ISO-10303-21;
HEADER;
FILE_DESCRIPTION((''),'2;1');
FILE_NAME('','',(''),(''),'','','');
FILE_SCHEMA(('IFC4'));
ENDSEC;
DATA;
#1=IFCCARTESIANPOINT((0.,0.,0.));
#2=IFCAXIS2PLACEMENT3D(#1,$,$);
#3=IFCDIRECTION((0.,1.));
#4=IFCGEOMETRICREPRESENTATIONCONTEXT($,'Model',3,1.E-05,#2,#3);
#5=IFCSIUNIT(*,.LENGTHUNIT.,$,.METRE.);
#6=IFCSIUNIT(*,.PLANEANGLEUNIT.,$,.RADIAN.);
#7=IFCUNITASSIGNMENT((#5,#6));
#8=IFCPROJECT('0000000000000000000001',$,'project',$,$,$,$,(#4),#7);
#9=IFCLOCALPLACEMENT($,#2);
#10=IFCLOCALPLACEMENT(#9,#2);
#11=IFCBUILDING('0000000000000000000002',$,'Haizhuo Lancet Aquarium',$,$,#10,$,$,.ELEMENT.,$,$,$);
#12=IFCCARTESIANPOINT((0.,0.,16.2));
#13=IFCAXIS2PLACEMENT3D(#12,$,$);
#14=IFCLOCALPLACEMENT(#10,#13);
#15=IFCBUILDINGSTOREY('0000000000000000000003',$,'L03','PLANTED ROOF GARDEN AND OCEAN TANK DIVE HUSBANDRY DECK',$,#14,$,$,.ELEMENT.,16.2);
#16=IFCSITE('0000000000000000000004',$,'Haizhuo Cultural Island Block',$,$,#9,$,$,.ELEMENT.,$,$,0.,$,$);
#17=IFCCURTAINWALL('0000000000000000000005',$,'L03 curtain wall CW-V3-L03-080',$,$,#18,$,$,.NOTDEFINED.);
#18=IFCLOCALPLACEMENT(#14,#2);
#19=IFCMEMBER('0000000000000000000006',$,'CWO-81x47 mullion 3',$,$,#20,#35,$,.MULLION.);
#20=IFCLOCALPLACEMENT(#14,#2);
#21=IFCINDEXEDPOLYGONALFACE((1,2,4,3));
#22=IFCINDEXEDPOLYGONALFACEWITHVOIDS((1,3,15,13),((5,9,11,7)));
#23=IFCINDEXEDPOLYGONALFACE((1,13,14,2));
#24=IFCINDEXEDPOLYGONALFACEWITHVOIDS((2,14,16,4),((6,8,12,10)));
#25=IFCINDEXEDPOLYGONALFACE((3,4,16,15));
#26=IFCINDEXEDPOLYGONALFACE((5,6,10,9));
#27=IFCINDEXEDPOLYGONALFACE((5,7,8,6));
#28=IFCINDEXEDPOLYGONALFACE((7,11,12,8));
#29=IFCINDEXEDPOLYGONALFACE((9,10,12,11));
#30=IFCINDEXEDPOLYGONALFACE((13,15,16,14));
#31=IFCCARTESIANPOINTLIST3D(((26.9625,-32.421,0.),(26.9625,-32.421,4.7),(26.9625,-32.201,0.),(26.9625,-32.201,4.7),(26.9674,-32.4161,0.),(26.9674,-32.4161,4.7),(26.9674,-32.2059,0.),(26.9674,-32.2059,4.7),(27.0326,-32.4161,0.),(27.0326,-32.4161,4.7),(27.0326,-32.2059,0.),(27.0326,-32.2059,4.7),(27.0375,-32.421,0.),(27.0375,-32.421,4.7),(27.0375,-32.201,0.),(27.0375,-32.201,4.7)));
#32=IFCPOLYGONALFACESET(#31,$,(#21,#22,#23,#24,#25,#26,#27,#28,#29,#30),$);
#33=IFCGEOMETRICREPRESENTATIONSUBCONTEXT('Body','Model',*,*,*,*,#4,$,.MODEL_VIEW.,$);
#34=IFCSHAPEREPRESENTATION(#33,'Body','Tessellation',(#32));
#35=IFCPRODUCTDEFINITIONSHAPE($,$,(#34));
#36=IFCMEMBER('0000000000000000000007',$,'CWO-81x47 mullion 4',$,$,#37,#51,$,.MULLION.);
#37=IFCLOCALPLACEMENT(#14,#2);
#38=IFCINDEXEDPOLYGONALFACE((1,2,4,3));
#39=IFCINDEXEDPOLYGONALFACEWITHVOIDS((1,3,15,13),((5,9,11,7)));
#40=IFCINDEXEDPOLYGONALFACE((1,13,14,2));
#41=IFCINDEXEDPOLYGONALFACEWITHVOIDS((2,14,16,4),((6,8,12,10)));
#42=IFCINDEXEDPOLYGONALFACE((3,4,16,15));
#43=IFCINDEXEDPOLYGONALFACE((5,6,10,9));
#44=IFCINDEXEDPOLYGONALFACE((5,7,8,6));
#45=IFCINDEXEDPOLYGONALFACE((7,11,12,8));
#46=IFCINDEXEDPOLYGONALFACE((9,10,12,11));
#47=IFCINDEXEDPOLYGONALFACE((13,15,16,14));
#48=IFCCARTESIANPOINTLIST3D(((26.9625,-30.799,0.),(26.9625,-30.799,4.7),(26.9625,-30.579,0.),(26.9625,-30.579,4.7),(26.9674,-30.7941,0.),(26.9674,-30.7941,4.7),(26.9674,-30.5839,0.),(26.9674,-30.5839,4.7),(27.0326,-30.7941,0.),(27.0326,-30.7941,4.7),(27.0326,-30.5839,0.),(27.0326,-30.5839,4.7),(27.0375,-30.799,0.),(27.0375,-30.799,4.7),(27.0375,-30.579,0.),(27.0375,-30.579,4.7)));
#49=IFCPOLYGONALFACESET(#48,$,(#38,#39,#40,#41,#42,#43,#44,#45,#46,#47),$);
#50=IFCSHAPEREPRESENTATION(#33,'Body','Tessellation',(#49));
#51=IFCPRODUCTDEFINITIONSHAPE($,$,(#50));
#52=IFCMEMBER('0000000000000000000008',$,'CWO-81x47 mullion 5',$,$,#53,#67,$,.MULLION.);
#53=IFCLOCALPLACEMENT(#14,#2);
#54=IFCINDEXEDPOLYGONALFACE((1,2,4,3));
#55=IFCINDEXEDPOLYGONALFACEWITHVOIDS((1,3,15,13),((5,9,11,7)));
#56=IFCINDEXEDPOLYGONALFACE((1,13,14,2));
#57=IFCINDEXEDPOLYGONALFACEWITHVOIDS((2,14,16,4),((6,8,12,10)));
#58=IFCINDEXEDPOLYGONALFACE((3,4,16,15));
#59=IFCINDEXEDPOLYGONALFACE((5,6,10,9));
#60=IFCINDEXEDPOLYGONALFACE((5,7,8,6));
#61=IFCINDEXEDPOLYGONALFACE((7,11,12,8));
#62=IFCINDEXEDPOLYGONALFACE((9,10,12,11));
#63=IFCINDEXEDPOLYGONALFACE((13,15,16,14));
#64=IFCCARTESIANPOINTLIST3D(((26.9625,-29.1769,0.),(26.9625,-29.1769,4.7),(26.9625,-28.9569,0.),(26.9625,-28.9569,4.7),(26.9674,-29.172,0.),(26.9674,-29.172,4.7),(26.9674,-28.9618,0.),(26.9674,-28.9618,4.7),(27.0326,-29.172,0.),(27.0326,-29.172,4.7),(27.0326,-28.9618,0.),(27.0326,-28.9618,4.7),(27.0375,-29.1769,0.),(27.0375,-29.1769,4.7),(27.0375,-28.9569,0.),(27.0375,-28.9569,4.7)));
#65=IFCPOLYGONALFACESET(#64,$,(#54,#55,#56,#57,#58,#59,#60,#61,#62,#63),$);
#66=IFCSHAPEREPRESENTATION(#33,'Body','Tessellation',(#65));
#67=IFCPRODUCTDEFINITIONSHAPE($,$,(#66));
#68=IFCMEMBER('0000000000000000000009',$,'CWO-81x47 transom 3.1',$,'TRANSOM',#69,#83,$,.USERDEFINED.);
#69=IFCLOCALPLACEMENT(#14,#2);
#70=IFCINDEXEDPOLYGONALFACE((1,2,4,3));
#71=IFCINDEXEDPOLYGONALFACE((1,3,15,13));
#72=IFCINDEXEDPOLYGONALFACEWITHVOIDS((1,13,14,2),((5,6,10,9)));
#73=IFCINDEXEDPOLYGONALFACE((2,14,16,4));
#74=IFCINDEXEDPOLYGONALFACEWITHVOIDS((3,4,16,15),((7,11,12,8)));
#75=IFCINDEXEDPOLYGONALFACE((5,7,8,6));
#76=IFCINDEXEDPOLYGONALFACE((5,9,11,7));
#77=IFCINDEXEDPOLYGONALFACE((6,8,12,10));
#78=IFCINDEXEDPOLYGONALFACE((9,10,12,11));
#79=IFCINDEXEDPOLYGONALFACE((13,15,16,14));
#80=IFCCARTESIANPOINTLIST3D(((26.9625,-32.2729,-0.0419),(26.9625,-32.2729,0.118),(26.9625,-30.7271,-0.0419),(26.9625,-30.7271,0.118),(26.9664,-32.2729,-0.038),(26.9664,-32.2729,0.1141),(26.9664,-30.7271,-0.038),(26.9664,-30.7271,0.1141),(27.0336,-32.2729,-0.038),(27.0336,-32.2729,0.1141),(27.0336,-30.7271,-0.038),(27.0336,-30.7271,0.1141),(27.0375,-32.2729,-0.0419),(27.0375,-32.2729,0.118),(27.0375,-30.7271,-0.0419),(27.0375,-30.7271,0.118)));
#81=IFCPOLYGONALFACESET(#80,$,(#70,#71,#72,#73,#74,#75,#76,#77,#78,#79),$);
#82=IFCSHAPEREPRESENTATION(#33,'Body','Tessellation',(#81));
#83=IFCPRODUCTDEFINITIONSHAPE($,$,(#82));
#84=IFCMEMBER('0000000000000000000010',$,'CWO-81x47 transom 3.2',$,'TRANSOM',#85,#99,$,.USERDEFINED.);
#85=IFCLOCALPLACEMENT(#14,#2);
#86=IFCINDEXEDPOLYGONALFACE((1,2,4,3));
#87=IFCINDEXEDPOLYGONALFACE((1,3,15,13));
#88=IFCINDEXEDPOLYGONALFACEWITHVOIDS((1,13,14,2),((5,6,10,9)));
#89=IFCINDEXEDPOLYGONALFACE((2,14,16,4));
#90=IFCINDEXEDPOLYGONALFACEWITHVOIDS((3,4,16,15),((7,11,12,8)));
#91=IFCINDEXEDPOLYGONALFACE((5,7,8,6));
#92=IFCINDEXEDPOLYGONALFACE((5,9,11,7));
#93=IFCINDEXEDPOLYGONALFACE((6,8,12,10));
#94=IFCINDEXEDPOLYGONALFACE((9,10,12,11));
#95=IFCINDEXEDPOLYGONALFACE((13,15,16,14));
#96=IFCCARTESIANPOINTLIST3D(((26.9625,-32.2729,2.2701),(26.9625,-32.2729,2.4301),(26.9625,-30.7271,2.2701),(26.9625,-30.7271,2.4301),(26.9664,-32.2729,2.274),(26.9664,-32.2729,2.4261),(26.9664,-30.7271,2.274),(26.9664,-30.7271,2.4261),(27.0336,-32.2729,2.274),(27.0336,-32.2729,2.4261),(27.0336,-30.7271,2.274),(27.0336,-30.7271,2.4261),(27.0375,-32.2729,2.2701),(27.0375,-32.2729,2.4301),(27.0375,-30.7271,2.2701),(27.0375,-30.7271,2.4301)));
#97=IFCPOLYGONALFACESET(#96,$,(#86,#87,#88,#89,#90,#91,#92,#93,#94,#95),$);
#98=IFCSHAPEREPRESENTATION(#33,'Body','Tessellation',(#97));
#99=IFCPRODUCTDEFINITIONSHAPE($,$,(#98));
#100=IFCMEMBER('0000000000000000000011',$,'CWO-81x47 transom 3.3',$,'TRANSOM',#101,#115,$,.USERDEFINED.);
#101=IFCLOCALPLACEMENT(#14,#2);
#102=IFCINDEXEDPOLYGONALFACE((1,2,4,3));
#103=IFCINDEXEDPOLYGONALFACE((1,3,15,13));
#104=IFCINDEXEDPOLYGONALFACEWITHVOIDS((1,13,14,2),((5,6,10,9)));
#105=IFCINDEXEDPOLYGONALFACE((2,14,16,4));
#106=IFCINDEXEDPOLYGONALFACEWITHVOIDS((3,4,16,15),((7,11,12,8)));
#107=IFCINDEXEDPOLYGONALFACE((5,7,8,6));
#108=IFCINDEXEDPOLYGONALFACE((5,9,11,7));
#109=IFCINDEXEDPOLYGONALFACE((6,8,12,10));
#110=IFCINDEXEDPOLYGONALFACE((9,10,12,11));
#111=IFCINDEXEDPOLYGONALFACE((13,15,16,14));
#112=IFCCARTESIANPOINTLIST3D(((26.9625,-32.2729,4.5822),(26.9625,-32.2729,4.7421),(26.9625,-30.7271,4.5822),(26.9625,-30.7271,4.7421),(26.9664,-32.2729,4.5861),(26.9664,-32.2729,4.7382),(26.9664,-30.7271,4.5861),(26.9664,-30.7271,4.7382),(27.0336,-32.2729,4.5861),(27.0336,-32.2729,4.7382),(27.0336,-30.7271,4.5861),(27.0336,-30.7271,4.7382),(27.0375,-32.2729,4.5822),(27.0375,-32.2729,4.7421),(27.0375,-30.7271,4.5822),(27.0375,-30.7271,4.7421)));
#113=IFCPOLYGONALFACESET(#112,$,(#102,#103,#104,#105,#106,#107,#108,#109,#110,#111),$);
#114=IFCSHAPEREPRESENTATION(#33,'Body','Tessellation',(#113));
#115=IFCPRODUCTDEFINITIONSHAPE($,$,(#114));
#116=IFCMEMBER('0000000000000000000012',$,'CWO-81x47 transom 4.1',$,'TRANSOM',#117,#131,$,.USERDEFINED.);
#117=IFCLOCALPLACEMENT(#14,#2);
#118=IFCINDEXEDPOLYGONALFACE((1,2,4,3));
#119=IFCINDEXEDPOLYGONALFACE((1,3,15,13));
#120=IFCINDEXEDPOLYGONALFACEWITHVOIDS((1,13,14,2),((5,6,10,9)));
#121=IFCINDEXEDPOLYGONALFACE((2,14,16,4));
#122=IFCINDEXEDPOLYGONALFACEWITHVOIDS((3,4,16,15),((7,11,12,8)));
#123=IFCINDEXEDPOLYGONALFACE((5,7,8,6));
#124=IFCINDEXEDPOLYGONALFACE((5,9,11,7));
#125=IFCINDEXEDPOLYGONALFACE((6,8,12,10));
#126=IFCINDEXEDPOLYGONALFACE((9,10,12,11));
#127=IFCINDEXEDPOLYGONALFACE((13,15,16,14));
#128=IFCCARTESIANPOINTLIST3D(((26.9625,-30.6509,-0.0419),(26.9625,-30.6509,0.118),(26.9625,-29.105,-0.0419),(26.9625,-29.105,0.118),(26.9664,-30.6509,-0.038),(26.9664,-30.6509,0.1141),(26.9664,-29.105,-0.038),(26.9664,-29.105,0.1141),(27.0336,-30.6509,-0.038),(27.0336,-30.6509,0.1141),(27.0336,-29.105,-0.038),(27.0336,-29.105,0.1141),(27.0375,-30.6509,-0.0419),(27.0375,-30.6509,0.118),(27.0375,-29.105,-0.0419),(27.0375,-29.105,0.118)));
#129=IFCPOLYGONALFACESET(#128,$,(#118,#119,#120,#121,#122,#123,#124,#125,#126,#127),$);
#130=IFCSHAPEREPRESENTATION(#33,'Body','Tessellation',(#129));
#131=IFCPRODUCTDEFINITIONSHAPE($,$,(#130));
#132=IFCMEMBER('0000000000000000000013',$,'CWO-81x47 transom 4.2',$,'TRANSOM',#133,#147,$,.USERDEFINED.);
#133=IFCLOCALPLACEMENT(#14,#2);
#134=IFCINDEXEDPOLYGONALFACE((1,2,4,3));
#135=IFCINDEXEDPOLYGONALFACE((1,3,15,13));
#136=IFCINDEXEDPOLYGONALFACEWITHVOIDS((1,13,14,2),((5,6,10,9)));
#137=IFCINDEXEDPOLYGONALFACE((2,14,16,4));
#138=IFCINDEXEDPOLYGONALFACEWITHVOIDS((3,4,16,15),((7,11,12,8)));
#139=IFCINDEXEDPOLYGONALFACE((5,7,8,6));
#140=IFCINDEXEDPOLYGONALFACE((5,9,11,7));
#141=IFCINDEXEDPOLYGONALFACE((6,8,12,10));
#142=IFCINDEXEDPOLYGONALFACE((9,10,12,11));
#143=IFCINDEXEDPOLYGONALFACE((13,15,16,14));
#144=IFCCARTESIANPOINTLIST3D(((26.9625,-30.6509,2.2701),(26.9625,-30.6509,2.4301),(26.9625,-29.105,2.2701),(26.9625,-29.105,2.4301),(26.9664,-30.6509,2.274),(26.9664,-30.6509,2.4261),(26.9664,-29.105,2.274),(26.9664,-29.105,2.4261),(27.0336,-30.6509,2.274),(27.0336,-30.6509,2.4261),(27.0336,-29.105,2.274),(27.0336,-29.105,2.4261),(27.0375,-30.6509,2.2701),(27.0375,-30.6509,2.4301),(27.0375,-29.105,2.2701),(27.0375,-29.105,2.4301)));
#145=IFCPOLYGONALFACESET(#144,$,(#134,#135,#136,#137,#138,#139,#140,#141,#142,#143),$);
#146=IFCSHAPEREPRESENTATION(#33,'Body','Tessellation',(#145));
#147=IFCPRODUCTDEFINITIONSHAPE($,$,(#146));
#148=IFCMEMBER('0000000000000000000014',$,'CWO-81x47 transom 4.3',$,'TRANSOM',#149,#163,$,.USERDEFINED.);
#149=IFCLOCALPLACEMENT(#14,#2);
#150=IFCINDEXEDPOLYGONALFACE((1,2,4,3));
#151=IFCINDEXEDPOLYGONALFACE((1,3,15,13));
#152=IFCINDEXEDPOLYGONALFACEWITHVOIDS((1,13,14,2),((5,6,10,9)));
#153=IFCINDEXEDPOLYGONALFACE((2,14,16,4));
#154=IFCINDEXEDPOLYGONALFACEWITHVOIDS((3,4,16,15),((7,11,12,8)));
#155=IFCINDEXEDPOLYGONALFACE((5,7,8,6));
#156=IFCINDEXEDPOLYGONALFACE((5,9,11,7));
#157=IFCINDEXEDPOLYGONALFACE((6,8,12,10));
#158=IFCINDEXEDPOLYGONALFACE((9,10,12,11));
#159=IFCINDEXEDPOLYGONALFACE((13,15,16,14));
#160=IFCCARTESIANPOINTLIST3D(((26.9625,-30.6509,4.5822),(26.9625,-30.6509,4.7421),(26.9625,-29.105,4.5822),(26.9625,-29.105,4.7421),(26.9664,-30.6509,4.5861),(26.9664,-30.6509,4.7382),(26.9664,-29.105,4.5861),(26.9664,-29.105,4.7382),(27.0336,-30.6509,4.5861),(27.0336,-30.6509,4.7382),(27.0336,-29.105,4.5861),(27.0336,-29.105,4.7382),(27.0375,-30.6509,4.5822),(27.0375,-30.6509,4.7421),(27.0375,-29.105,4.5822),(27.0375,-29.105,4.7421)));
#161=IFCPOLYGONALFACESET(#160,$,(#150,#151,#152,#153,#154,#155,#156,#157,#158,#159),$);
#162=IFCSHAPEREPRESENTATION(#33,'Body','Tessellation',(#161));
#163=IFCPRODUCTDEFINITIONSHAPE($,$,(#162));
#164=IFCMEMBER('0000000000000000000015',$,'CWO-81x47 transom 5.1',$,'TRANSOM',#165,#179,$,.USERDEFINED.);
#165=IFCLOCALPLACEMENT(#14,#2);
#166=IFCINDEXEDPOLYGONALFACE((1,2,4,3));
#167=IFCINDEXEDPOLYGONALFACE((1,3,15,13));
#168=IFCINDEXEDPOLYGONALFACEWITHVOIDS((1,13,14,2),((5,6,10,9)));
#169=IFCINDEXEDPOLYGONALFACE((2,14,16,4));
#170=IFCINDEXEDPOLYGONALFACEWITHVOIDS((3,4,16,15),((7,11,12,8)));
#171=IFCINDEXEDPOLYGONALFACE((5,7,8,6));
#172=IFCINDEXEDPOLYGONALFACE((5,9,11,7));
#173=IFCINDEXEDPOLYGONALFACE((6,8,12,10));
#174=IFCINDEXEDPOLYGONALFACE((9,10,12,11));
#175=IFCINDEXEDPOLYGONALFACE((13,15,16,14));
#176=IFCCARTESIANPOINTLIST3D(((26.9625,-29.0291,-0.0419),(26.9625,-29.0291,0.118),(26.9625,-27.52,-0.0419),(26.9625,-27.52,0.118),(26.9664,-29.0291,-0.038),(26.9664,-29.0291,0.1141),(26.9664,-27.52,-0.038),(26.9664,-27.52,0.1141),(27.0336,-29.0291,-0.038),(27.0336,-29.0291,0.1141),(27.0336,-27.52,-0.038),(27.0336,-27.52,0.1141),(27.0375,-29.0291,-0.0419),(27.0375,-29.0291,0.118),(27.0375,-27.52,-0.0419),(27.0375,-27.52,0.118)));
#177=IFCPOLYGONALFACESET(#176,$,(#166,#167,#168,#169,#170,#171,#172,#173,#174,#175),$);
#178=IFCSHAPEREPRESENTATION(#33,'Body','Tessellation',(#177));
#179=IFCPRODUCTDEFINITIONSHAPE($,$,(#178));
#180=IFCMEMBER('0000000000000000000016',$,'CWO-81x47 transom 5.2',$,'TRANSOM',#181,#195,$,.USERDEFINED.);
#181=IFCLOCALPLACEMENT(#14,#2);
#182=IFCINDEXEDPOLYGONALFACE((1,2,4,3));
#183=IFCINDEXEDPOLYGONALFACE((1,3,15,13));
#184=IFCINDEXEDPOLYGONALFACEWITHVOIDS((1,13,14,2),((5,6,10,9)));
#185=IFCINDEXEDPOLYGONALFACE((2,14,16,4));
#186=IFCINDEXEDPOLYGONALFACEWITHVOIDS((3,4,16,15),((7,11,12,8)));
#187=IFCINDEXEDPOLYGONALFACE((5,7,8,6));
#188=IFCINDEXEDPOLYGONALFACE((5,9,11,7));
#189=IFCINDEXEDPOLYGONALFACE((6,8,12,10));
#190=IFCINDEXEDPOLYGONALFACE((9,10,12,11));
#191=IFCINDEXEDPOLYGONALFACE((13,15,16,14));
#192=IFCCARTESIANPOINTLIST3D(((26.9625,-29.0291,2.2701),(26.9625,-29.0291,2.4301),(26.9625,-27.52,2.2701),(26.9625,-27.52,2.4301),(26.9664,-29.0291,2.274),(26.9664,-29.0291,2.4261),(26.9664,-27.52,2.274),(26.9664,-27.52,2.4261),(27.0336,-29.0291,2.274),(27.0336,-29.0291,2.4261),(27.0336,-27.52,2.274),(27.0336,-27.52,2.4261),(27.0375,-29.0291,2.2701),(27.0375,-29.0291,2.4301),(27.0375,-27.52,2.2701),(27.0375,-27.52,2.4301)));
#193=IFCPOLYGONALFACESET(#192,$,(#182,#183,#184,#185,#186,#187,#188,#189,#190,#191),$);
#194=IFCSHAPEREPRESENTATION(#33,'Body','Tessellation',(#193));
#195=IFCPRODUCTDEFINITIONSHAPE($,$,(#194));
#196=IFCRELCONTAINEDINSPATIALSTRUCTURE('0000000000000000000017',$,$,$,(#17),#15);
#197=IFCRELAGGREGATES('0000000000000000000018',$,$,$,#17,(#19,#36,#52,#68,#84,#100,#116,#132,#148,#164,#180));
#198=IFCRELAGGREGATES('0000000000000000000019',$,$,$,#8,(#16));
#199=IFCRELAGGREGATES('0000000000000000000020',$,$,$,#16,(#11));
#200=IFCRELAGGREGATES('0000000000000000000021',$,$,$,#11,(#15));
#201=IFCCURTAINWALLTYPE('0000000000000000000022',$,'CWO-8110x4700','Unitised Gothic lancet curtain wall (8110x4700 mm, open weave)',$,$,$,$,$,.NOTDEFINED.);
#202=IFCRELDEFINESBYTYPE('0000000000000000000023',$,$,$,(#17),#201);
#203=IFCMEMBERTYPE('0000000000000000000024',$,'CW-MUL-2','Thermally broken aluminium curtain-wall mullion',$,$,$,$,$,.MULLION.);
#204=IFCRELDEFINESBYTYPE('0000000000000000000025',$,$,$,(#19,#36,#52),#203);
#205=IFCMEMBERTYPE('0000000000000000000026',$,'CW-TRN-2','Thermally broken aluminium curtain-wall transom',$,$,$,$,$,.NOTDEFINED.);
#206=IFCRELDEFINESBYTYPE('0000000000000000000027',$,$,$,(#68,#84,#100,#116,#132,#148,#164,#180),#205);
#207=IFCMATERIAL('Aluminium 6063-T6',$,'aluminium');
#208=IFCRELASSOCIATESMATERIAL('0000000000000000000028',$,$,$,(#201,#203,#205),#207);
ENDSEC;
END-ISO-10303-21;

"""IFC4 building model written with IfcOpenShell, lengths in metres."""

from ifc_helpers import new_model, si_unit, direction, frame, origin, origin_2d, place, context, subcontext, project, spatial, hollow_rectangle, extrude, material, material_profile, profile_set, type_object, element, aggregate, save


model = new_model("IFC4")

# Units and contexts
model_context = context("Model", 3, precision=1e-05, world=origin(), true_north=direction((0.0, 1.0)))
body_context = subcontext(model_context, "Body", "Model", "MODEL_VIEW")
ifc_project = project(units=[si_unit("LENGTHUNIT", "METRE"), si_unit("PLANEANGLEUNIT", "RADIAN")], contexts=[model_context])

# Site, building, storey
site_placement = place(None, origin())
site = spatial("IfcSite", under=ifc_project, at=site_placement, Name="Haizhuo Cultural Island Block", CompositionType="ELEMENT", RefElevation=0.0)
building_placement = place(site_placement, origin())
building = spatial("IfcBuilding", under=site, at=building_placement, Name="Haizhuo Lancet Aquarium", CompositionType="ELEMENT")
storey_placement = place(building_placement, frame((0.0, 0.0, 16.2)))
storey = spatial("IfcBuildingStorey", under=building, at=storey_placement, Name="L03", Description="PLANTED ROOF GARDEN AND OCEAN TANK DIVE HUSBANDRY DECK", CompositionType="ELEMENT", Elevation=16.2)

# Curtain wall, members
ifc_material_1 = material(Name="Aluminium 6063-T6", Category="aluminium")
curtain_wall_type = type_object("IfcCurtainWallType", Name="CWO-8110x4700", Description="Unitised Gothic lancet curtain wall (8110x4700 mm, open weave)", PredefinedType="NOTDEFINED", material=ifc_material_1)
curtain_wall_placement = place(storey_placement, origin())
curtain_wall = element("IfcCurtainWall", 1, at=curtain_wall_placement, inside=storey, type_object=curtain_wall_type, Name="L03 curtain wall CW-V3-L03-080", PredefinedType="NOTDEFINED")
ifc_material_profile_1 = material_profile(ifc_material_1, hollow_rectangle(XDim=0.075, YDim=0.22, WallThickness=0.0049, at=origin_2d()), Name="ALU-M 75x220x5")
ifc_profile_set_1 = profile_set([ifc_material_profile_1], Name="Aluminium 6063-T6")
member_type_1 = type_object("IfcMemberType", Name="CW-MUL-2", Description="Thermally broken aluminium curtain-wall mullion", PredefinedType="MULLION", material=ifc_profile_set_1)
member_1_placement = place(storey_placement, frame((27.0, -32.311, 0.0), z_axis=(0.0, 0.0, 1.0), x_axis=(-1.0, 0.0, 0.0)))
member_1 = element("IfcMember", 2, at=member_1_placement, type_object=member_type_1, Name="CWO-81x47 mullion 3", PredefinedType="MULLION", context=body_context, shape_type="SweptSolid", body=[
    extrude(hollow_rectangle(XDim=0.075, YDim=0.22, WallThickness=0.0049, at=origin_2d()), origin(), (0.0, 0.0, 1.0), 4.7),
])
member_2_placement = place(storey_placement, frame((27.0, -30.689, 0.0), z_axis=(0.0, 0.0, 1.0), x_axis=(-1.0, 0.0, 0.0)))
member_2 = element("IfcMember", 3, at=member_2_placement, type_object=member_type_1, Name="CWO-81x47 mullion 4", PredefinedType="MULLION", context=body_context, shape_type="SweptSolid", body=[
    extrude(hollow_rectangle(XDim=0.075, YDim=0.22, WallThickness=0.0049, at=origin_2d()), origin(), (0.0, 0.0, 1.0), 4.7),
])
member_3_placement = place(storey_placement, frame((27.0, -29.0669, 0.0), z_axis=(0.0, 0.0, 1.0), x_axis=(-1.0, 0.0, 0.0)))
member_3 = element("IfcMember", 4, at=member_3_placement, type_object=member_type_1, Name="CWO-81x47 mullion 5", PredefinedType="MULLION", context=body_context, shape_type="SweptSolid", body=[
    extrude(hollow_rectangle(XDim=0.075, YDim=0.22, WallThickness=0.0049, at=origin_2d()), origin(), (0.0, 0.0, 1.0), 4.7),
])
ifc_material_profile_2 = material_profile(ifc_material_1, hollow_rectangle(XDim=0.075, YDim=0.1599, WallThickness=0.0039, at=origin_2d()), Name="ALU-T 75x160x4")
ifc_profile_set_2 = profile_set([ifc_material_profile_2], Name="Aluminium 6063-T6")
member_type_2 = type_object("IfcMemberType", Name="CW-TRN-2", Description="Thermally broken aluminium curtain-wall transom", PredefinedType="NOTDEFINED", material=ifc_profile_set_2)
member_4_placement = place(storey_placement, frame((27.0, -32.2729, 0.0381), z_axis=(0.0, 1.0, 0.0), x_axis=(-1.0, 0.0, 0.0)))
member_4 = element("IfcMember", 5, at=member_4_placement, type_object=member_type_2, Name="CWO-81x47 transom 3.1", ObjectType="TRANSOM", PredefinedType="USERDEFINED", context=body_context, shape_type="SweptSolid", body=[
    extrude(hollow_rectangle(XDim=0.075, YDim=0.1599, WallThickness=0.0039, at=origin_2d()), origin(), (0.0, 0.0, 1.0), 1.5459),
])
member_5_placement = place(storey_placement, frame((27.0, -32.2729, 2.3501), z_axis=(0.0, 1.0, 0.0), x_axis=(-1.0, 0.0, 0.0)))
member_5 = element("IfcMember", 6, at=member_5_placement, type_object=member_type_2, Name="CWO-81x47 transom 3.2", ObjectType="TRANSOM", PredefinedType="USERDEFINED", context=body_context, shape_type="SweptSolid", body=[
    extrude(hollow_rectangle(XDim=0.075, YDim=0.1599, WallThickness=0.0039, at=origin_2d()), origin(), (0.0, 0.0, 1.0), 1.5459),
])
member_6_placement = place(storey_placement, frame((27.0, -32.2729, 4.6621), z_axis=(0.0, 1.0, 0.0), x_axis=(-1.0, 0.0, 0.0)))
member_6 = element("IfcMember", 7, at=member_6_placement, type_object=member_type_2, Name="CWO-81x47 transom 3.3", ObjectType="TRANSOM", PredefinedType="USERDEFINED", context=body_context, shape_type="SweptSolid", body=[
    extrude(hollow_rectangle(XDim=0.075, YDim=0.1599, WallThickness=0.0039, at=origin_2d()), origin(), (0.0, 0.0, 1.0), 1.5459),
])
member_7_placement = place(storey_placement, frame((27.0, -30.6509, 0.0381), z_axis=(0.0, 1.0, 0.0), x_axis=(-1.0, 0.0, 0.0)))
member_7 = element("IfcMember", 8, at=member_7_placement, type_object=member_type_2, Name="CWO-81x47 transom 4.1", ObjectType="TRANSOM", PredefinedType="USERDEFINED", context=body_context, shape_type="SweptSolid", body=[
    extrude(hollow_rectangle(XDim=0.075, YDim=0.1599, WallThickness=0.0039, at=origin_2d()), origin(), (0.0, 0.0, 1.0), 1.5459),
])
member_8_placement = place(storey_placement, frame((27.0, -30.6509, 2.3501), z_axis=(0.0, 1.0, 0.0), x_axis=(-1.0, 0.0, 0.0)))
member_8 = element("IfcMember", 9, at=member_8_placement, type_object=member_type_2, Name="CWO-81x47 transom 4.2", ObjectType="TRANSOM", PredefinedType="USERDEFINED", context=body_context, shape_type="SweptSolid", body=[
    extrude(hollow_rectangle(XDim=0.075, YDim=0.1599, WallThickness=0.0039, at=origin_2d()), origin(), (0.0, 0.0, 1.0), 1.5459),
])
member_9_placement = place(storey_placement, frame((27.0, -30.6509, 4.6621), z_axis=(0.0, 1.0, 0.0), x_axis=(-1.0, 0.0, 0.0)))
member_9 = element("IfcMember", 10, at=member_9_placement, type_object=member_type_2, Name="CWO-81x47 transom 4.3", ObjectType="TRANSOM", PredefinedType="USERDEFINED", context=body_context, shape_type="SweptSolid", body=[
    extrude(hollow_rectangle(XDim=0.075, YDim=0.1599, WallThickness=0.0039, at=origin_2d()), origin(), (0.0, 0.0, 1.0), 1.5459),
])
member_10_placement = place(storey_placement, frame((27.0, -29.0291, 0.0381), z_axis=(0.0, 1.0, 0.0), x_axis=(-1.0, 0.0, 0.0)))
member_10 = element("IfcMember", 11, at=member_10_placement, type_object=member_type_2, Name="CWO-81x47 transom 5.1", ObjectType="TRANSOM", PredefinedType="USERDEFINED", context=body_context, shape_type="SweptSolid", body=[
    extrude(hollow_rectangle(XDim=0.075, YDim=0.1599, WallThickness=0.0039, at=origin_2d()), origin(), (0.0, 0.0, 1.0), 1.509),
])
member_11_placement = place(storey_placement, frame((27.0, -29.0291, 2.3501), z_axis=(0.0, 1.0, 0.0), x_axis=(-1.0, 0.0, 0.0)))
member_11 = element("IfcMember", 12, at=member_11_placement, type_object=member_type_2, Name="CWO-81x47 transom 5.2", ObjectType="TRANSOM", PredefinedType="USERDEFINED", context=body_context, shape_type="SweptSolid", body=[
    extrude(hollow_rectangle(XDim=0.075, YDim=0.1599, WallThickness=0.0039, at=origin_2d()), origin(), (0.0, 0.0, 1.0), 1.509),
])

aggregate(curtain_wall, [member_1, member_2, member_3, member_4, member_5, member_6, member_7, member_8, member_9, member_10, member_11])

save(model, "model.ifc")
